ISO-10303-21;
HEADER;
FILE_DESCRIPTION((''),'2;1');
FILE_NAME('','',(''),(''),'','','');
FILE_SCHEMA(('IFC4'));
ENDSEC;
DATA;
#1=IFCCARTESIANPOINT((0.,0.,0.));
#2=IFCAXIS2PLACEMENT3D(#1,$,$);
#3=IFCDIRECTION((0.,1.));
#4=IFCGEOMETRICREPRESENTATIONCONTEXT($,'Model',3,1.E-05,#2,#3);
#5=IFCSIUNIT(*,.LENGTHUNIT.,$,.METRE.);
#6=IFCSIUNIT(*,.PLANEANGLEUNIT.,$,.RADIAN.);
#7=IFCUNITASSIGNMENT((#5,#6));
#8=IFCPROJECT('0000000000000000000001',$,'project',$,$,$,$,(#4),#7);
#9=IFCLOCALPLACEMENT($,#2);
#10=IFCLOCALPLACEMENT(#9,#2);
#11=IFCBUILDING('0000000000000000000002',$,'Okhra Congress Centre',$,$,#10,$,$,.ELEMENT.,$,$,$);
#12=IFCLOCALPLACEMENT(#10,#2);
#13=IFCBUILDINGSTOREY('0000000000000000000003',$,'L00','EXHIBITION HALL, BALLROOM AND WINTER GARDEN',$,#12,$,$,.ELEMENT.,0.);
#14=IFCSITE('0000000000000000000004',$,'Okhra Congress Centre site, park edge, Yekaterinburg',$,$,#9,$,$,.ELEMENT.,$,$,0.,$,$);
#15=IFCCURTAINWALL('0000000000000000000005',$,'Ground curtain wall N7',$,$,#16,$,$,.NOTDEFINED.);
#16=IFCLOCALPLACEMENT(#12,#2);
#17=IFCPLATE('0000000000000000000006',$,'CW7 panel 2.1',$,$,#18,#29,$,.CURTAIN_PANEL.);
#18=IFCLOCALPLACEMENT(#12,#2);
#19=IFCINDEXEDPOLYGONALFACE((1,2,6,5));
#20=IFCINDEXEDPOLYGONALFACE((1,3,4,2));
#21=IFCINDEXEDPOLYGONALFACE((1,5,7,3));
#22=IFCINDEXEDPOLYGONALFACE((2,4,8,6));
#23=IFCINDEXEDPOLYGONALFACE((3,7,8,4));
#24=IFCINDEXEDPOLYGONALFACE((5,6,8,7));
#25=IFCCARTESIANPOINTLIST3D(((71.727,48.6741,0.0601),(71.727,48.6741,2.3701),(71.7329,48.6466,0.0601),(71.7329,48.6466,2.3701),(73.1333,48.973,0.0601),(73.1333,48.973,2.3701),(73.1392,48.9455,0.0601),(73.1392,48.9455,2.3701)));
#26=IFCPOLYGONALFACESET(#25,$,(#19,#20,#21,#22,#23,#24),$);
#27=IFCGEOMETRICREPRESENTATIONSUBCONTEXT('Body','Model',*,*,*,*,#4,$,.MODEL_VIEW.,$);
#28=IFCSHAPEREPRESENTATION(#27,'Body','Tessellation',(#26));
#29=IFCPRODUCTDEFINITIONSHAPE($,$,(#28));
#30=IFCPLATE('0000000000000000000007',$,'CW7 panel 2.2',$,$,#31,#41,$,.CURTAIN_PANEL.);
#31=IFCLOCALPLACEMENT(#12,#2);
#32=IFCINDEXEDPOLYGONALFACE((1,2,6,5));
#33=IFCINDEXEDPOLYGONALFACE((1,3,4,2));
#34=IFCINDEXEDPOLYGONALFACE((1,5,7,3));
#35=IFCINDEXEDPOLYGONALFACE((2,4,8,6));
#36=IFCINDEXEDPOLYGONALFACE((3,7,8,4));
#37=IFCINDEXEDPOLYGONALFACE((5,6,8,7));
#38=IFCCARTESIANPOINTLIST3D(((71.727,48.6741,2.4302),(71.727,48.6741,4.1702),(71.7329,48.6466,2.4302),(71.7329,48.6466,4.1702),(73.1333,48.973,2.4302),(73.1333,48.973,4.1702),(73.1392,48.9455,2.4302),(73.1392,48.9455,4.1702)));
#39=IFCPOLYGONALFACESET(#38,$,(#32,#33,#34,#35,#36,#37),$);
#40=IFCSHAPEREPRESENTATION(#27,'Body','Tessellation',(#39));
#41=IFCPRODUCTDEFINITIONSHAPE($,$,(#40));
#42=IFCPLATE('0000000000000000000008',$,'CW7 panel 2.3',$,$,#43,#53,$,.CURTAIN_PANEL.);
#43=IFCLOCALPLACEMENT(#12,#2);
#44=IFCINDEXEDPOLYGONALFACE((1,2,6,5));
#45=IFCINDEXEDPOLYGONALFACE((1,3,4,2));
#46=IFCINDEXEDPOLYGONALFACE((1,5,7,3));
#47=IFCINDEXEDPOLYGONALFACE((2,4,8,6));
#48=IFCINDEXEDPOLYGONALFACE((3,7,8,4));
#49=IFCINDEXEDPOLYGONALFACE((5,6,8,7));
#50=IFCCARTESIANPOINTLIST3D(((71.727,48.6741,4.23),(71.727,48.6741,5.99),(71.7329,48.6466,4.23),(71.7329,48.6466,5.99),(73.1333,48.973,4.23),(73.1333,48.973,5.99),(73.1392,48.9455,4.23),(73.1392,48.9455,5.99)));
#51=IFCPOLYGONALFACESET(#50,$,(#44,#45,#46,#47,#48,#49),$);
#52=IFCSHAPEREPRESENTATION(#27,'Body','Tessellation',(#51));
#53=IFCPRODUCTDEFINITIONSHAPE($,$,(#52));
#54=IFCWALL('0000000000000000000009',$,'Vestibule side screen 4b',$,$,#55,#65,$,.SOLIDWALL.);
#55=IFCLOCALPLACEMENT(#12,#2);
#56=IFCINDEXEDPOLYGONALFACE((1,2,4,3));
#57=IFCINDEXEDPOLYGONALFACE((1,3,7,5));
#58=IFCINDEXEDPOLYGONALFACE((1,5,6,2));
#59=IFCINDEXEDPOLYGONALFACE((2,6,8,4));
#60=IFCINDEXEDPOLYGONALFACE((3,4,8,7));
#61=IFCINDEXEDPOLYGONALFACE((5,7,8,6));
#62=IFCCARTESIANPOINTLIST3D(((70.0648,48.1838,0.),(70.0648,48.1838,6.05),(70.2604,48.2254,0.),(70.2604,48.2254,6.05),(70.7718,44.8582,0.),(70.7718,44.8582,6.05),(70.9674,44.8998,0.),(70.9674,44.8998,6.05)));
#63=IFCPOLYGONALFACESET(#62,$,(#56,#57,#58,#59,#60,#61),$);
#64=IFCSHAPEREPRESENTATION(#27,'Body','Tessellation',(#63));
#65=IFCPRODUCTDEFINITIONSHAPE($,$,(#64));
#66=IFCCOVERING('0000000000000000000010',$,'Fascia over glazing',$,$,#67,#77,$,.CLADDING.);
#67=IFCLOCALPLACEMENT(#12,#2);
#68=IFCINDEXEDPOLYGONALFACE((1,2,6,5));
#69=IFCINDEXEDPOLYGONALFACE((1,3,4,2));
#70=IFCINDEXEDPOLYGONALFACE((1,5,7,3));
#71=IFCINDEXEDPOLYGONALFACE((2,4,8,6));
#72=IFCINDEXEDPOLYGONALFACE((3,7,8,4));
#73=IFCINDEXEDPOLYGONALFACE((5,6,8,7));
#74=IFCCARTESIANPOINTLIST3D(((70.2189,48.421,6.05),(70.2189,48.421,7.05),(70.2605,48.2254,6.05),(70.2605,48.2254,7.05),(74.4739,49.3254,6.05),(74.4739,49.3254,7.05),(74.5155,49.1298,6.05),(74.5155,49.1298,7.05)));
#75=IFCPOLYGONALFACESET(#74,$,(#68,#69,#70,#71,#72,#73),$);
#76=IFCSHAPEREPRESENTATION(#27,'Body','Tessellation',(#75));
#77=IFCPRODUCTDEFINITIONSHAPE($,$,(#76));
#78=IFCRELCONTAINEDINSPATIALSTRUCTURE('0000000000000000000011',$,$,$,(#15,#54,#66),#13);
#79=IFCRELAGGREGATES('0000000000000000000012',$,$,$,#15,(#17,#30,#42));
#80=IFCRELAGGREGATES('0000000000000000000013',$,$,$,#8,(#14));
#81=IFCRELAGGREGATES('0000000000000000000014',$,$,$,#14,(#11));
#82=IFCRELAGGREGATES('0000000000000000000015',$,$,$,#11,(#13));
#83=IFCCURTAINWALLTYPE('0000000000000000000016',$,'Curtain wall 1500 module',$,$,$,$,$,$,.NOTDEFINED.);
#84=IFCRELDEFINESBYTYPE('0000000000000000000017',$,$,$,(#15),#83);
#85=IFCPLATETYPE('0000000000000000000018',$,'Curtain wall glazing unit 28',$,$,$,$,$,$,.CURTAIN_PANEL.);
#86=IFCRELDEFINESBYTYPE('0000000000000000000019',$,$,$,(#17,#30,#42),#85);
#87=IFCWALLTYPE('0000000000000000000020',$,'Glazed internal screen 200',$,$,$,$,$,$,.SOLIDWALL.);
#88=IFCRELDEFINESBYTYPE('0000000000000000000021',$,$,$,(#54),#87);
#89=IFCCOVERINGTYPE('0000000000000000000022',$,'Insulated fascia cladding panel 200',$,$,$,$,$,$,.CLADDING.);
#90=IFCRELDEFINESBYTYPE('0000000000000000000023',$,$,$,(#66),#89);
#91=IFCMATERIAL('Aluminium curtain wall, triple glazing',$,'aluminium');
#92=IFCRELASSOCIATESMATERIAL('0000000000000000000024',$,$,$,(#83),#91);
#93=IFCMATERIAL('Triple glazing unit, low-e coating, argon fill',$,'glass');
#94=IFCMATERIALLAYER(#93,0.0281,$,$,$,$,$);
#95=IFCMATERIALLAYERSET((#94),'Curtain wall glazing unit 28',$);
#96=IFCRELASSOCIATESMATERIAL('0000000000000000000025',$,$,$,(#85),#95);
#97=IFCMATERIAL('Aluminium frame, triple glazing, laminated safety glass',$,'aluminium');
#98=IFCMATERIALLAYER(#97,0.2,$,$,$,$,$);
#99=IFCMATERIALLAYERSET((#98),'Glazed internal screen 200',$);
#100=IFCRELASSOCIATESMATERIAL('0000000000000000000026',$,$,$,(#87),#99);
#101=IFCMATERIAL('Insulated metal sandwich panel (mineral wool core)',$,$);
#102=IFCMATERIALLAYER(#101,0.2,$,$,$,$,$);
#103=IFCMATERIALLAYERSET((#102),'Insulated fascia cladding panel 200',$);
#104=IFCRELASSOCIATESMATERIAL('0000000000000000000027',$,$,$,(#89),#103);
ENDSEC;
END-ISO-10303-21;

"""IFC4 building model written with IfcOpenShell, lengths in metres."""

from ifc_helpers import new_model, si_unit, direction, frame, frame_2d, origin, origin_2d, place, context, subcontext, project, spatial, rectangle, extrude, material, layer, layer_set, type_object, element, aggregate, save


model = new_model("IFC4")

# Units and contexts
model_context = context("Model", 3, precision=1e-05, world=origin(), true_north=direction((0.0, 1.0)))
body_context = subcontext(model_context, "Body", "Model", "MODEL_VIEW")
ifc_project = project(units=[si_unit("LENGTHUNIT", "METRE"), si_unit("PLANEANGLEUNIT", "RADIAN")], contexts=[model_context])

# Site, building, storey
site_placement = place(None, origin())
site = spatial("IfcSite", under=ifc_project, at=site_placement, Name="Okhra Congress Centre site, park edge, Yekaterinburg", CompositionType="ELEMENT", RefElevation=0.0)
building_placement = place(site_placement, origin())
building = spatial("IfcBuilding", under=site, at=building_placement, Name="Okhra Congress Centre", CompositionType="ELEMENT")
storey_placement = place(building_placement, origin())
storey = spatial("IfcBuildingStorey", under=building, at=storey_placement, Name="L00", Description="EXHIBITION HALL, BALLROOM AND WINTER GARDEN", CompositionType="ELEMENT", Elevation=0.0)

# Curtain wall
ifc_material_1 = material(Name="Aluminium curtain wall, triple glazing", Category="aluminium")
curtain_wall_type = type_object("IfcCurtainWallType", Name="Curtain wall 1500 module", PredefinedType="NOTDEFINED", material=ifc_material_1)
curtain_wall_placement = place(storey_placement, origin())
curtain_wall = element("IfcCurtainWall", 1, at=curtain_wall_placement, inside=storey, type_object=curtain_wall_type, Name="Ground curtain wall N7", PredefinedType="NOTDEFINED")

# Plates
ifc_material_2 = material(Name="Triple glazing unit, low-e coating, argon fill", Category="glass")
ifc_layer_1 = layer(ifc_material_2, 0.0281)
ifc_layer_set_1 = layer_set([ifc_layer_1], Name="Curtain wall glazing unit 28")
plate_type = type_object("IfcPlateType", Name="Curtain wall glazing unit 28", PredefinedType="CURTAIN_PANEL", material=ifc_layer_set_1)
plate_1_placement = place(storey_placement, frame((72.4331, 48.8098, 0.0601), z_axis=(0.0, 0.0, 1.0), x_axis=(0.978148, 0.207912, 0.0)))
plate_1 = element("IfcPlate", 2, at=plate_1_placement, type_object=plate_type, Name="CW7 panel 2.1", PredefinedType="CURTAIN_PANEL", context=body_context, shape_type="SweptSolid", body=[
    extrude(rectangle(XDim=1.4377, YDim=0.0281, at=origin_2d()), origin(), (0.0, 0.0, 1.0), 2.3101),
])
plate_2_placement = place(storey_placement, frame((72.4331, 48.8098, 2.4302), z_axis=(0.0, 0.0, 1.0), x_axis=(0.978148, 0.207912, 0.0)))
plate_2 = element("IfcPlate", 3, at=plate_2_placement, type_object=plate_type, Name="CW7 panel 2.2", PredefinedType="CURTAIN_PANEL", context=body_context, shape_type="SweptSolid", body=[
    extrude(rectangle(XDim=1.4377, YDim=0.0281, at=origin_2d()), origin(), (0.0, 0.0, 1.0), 1.74),
])
plate_3_placement = place(storey_placement, frame((72.4331, 48.8098, 4.23), z_axis=(0.0, 0.0, 1.0), x_axis=(0.978148, 0.207912, 0.0)))
plate_3 = element("IfcPlate", 4, at=plate_3_placement, type_object=plate_type, Name="CW7 panel 2.3", PredefinedType="CURTAIN_PANEL", context=body_context, shape_type="SweptSolid", body=[
    extrude(rectangle(XDim=1.4377, YDim=0.0281, at=origin_2d()), origin(), (0.0, 0.0, 1.0), 1.76),
])
aggregate(curtain_wall, [plate_1, plate_2, plate_3])

# Wall
ifc_material_3 = material(Name="Aluminium frame, triple glazing, laminated safety glass", Category="aluminium")
ifc_layer_2 = layer(ifc_material_3, 0.2)
ifc_layer_set_2 = layer_set([ifc_layer_2], Name="Glazed internal screen 200")
wall_type = type_object("IfcWallType", Name="Glazed internal screen 200", PredefinedType="SOLIDWALL", material=ifc_layer_set_2)
wall_placement = place(storey_placement, frame((70.1626, 48.2046, 0.0), z_axis=(0.0, 0.0, 1.0), x_axis=(0.20795, -0.97814, 0.0)))
element("IfcWall", 5, at=wall_placement, inside=storey, type_object=wall_type, Name="Vestibule side screen 4b", PredefinedType="SOLIDWALL", context=body_context, shape_type="SweptSolid", body=[
    extrude(rectangle(XDim=3.3999, YDim=0.2, at=frame_2d((1.7, 0.0))), origin(), (0.0, 0.0, 1.0), 6.05),
])

# Covering
ifc_material_4 = material(Name="Insulated metal sandwich panel (mineral wool core)")
ifc_layer_3 = layer(ifc_material_4, 0.2)
ifc_layer_set_3 = layer_set([ifc_layer_3], Name="Insulated fascia cladding panel 200")
covering_type = type_object("IfcCoveringType", Name="Insulated fascia cladding panel 200", PredefinedType="CLADDING", material=ifc_layer_set_3)
covering_placement = place(storey_placement, frame((72.3672, 48.7754, 6.05), z_axis=(0.0, 0.0, 1.0), x_axis=(0.978148, 0.207912, 0.0)))
element("IfcCovering", 6, at=covering_placement, inside=storey, type_object=covering_type, Name="Fascia over glazing", PredefinedType="CLADDING", context=body_context, shape_type="SweptSolid", body=[
    extrude(rectangle(XDim=4.3501, YDim=0.2, at=origin_2d()), origin(), (0.0, 0.0, 1.0), 1.0),
])

save(model, "model.ifc")
